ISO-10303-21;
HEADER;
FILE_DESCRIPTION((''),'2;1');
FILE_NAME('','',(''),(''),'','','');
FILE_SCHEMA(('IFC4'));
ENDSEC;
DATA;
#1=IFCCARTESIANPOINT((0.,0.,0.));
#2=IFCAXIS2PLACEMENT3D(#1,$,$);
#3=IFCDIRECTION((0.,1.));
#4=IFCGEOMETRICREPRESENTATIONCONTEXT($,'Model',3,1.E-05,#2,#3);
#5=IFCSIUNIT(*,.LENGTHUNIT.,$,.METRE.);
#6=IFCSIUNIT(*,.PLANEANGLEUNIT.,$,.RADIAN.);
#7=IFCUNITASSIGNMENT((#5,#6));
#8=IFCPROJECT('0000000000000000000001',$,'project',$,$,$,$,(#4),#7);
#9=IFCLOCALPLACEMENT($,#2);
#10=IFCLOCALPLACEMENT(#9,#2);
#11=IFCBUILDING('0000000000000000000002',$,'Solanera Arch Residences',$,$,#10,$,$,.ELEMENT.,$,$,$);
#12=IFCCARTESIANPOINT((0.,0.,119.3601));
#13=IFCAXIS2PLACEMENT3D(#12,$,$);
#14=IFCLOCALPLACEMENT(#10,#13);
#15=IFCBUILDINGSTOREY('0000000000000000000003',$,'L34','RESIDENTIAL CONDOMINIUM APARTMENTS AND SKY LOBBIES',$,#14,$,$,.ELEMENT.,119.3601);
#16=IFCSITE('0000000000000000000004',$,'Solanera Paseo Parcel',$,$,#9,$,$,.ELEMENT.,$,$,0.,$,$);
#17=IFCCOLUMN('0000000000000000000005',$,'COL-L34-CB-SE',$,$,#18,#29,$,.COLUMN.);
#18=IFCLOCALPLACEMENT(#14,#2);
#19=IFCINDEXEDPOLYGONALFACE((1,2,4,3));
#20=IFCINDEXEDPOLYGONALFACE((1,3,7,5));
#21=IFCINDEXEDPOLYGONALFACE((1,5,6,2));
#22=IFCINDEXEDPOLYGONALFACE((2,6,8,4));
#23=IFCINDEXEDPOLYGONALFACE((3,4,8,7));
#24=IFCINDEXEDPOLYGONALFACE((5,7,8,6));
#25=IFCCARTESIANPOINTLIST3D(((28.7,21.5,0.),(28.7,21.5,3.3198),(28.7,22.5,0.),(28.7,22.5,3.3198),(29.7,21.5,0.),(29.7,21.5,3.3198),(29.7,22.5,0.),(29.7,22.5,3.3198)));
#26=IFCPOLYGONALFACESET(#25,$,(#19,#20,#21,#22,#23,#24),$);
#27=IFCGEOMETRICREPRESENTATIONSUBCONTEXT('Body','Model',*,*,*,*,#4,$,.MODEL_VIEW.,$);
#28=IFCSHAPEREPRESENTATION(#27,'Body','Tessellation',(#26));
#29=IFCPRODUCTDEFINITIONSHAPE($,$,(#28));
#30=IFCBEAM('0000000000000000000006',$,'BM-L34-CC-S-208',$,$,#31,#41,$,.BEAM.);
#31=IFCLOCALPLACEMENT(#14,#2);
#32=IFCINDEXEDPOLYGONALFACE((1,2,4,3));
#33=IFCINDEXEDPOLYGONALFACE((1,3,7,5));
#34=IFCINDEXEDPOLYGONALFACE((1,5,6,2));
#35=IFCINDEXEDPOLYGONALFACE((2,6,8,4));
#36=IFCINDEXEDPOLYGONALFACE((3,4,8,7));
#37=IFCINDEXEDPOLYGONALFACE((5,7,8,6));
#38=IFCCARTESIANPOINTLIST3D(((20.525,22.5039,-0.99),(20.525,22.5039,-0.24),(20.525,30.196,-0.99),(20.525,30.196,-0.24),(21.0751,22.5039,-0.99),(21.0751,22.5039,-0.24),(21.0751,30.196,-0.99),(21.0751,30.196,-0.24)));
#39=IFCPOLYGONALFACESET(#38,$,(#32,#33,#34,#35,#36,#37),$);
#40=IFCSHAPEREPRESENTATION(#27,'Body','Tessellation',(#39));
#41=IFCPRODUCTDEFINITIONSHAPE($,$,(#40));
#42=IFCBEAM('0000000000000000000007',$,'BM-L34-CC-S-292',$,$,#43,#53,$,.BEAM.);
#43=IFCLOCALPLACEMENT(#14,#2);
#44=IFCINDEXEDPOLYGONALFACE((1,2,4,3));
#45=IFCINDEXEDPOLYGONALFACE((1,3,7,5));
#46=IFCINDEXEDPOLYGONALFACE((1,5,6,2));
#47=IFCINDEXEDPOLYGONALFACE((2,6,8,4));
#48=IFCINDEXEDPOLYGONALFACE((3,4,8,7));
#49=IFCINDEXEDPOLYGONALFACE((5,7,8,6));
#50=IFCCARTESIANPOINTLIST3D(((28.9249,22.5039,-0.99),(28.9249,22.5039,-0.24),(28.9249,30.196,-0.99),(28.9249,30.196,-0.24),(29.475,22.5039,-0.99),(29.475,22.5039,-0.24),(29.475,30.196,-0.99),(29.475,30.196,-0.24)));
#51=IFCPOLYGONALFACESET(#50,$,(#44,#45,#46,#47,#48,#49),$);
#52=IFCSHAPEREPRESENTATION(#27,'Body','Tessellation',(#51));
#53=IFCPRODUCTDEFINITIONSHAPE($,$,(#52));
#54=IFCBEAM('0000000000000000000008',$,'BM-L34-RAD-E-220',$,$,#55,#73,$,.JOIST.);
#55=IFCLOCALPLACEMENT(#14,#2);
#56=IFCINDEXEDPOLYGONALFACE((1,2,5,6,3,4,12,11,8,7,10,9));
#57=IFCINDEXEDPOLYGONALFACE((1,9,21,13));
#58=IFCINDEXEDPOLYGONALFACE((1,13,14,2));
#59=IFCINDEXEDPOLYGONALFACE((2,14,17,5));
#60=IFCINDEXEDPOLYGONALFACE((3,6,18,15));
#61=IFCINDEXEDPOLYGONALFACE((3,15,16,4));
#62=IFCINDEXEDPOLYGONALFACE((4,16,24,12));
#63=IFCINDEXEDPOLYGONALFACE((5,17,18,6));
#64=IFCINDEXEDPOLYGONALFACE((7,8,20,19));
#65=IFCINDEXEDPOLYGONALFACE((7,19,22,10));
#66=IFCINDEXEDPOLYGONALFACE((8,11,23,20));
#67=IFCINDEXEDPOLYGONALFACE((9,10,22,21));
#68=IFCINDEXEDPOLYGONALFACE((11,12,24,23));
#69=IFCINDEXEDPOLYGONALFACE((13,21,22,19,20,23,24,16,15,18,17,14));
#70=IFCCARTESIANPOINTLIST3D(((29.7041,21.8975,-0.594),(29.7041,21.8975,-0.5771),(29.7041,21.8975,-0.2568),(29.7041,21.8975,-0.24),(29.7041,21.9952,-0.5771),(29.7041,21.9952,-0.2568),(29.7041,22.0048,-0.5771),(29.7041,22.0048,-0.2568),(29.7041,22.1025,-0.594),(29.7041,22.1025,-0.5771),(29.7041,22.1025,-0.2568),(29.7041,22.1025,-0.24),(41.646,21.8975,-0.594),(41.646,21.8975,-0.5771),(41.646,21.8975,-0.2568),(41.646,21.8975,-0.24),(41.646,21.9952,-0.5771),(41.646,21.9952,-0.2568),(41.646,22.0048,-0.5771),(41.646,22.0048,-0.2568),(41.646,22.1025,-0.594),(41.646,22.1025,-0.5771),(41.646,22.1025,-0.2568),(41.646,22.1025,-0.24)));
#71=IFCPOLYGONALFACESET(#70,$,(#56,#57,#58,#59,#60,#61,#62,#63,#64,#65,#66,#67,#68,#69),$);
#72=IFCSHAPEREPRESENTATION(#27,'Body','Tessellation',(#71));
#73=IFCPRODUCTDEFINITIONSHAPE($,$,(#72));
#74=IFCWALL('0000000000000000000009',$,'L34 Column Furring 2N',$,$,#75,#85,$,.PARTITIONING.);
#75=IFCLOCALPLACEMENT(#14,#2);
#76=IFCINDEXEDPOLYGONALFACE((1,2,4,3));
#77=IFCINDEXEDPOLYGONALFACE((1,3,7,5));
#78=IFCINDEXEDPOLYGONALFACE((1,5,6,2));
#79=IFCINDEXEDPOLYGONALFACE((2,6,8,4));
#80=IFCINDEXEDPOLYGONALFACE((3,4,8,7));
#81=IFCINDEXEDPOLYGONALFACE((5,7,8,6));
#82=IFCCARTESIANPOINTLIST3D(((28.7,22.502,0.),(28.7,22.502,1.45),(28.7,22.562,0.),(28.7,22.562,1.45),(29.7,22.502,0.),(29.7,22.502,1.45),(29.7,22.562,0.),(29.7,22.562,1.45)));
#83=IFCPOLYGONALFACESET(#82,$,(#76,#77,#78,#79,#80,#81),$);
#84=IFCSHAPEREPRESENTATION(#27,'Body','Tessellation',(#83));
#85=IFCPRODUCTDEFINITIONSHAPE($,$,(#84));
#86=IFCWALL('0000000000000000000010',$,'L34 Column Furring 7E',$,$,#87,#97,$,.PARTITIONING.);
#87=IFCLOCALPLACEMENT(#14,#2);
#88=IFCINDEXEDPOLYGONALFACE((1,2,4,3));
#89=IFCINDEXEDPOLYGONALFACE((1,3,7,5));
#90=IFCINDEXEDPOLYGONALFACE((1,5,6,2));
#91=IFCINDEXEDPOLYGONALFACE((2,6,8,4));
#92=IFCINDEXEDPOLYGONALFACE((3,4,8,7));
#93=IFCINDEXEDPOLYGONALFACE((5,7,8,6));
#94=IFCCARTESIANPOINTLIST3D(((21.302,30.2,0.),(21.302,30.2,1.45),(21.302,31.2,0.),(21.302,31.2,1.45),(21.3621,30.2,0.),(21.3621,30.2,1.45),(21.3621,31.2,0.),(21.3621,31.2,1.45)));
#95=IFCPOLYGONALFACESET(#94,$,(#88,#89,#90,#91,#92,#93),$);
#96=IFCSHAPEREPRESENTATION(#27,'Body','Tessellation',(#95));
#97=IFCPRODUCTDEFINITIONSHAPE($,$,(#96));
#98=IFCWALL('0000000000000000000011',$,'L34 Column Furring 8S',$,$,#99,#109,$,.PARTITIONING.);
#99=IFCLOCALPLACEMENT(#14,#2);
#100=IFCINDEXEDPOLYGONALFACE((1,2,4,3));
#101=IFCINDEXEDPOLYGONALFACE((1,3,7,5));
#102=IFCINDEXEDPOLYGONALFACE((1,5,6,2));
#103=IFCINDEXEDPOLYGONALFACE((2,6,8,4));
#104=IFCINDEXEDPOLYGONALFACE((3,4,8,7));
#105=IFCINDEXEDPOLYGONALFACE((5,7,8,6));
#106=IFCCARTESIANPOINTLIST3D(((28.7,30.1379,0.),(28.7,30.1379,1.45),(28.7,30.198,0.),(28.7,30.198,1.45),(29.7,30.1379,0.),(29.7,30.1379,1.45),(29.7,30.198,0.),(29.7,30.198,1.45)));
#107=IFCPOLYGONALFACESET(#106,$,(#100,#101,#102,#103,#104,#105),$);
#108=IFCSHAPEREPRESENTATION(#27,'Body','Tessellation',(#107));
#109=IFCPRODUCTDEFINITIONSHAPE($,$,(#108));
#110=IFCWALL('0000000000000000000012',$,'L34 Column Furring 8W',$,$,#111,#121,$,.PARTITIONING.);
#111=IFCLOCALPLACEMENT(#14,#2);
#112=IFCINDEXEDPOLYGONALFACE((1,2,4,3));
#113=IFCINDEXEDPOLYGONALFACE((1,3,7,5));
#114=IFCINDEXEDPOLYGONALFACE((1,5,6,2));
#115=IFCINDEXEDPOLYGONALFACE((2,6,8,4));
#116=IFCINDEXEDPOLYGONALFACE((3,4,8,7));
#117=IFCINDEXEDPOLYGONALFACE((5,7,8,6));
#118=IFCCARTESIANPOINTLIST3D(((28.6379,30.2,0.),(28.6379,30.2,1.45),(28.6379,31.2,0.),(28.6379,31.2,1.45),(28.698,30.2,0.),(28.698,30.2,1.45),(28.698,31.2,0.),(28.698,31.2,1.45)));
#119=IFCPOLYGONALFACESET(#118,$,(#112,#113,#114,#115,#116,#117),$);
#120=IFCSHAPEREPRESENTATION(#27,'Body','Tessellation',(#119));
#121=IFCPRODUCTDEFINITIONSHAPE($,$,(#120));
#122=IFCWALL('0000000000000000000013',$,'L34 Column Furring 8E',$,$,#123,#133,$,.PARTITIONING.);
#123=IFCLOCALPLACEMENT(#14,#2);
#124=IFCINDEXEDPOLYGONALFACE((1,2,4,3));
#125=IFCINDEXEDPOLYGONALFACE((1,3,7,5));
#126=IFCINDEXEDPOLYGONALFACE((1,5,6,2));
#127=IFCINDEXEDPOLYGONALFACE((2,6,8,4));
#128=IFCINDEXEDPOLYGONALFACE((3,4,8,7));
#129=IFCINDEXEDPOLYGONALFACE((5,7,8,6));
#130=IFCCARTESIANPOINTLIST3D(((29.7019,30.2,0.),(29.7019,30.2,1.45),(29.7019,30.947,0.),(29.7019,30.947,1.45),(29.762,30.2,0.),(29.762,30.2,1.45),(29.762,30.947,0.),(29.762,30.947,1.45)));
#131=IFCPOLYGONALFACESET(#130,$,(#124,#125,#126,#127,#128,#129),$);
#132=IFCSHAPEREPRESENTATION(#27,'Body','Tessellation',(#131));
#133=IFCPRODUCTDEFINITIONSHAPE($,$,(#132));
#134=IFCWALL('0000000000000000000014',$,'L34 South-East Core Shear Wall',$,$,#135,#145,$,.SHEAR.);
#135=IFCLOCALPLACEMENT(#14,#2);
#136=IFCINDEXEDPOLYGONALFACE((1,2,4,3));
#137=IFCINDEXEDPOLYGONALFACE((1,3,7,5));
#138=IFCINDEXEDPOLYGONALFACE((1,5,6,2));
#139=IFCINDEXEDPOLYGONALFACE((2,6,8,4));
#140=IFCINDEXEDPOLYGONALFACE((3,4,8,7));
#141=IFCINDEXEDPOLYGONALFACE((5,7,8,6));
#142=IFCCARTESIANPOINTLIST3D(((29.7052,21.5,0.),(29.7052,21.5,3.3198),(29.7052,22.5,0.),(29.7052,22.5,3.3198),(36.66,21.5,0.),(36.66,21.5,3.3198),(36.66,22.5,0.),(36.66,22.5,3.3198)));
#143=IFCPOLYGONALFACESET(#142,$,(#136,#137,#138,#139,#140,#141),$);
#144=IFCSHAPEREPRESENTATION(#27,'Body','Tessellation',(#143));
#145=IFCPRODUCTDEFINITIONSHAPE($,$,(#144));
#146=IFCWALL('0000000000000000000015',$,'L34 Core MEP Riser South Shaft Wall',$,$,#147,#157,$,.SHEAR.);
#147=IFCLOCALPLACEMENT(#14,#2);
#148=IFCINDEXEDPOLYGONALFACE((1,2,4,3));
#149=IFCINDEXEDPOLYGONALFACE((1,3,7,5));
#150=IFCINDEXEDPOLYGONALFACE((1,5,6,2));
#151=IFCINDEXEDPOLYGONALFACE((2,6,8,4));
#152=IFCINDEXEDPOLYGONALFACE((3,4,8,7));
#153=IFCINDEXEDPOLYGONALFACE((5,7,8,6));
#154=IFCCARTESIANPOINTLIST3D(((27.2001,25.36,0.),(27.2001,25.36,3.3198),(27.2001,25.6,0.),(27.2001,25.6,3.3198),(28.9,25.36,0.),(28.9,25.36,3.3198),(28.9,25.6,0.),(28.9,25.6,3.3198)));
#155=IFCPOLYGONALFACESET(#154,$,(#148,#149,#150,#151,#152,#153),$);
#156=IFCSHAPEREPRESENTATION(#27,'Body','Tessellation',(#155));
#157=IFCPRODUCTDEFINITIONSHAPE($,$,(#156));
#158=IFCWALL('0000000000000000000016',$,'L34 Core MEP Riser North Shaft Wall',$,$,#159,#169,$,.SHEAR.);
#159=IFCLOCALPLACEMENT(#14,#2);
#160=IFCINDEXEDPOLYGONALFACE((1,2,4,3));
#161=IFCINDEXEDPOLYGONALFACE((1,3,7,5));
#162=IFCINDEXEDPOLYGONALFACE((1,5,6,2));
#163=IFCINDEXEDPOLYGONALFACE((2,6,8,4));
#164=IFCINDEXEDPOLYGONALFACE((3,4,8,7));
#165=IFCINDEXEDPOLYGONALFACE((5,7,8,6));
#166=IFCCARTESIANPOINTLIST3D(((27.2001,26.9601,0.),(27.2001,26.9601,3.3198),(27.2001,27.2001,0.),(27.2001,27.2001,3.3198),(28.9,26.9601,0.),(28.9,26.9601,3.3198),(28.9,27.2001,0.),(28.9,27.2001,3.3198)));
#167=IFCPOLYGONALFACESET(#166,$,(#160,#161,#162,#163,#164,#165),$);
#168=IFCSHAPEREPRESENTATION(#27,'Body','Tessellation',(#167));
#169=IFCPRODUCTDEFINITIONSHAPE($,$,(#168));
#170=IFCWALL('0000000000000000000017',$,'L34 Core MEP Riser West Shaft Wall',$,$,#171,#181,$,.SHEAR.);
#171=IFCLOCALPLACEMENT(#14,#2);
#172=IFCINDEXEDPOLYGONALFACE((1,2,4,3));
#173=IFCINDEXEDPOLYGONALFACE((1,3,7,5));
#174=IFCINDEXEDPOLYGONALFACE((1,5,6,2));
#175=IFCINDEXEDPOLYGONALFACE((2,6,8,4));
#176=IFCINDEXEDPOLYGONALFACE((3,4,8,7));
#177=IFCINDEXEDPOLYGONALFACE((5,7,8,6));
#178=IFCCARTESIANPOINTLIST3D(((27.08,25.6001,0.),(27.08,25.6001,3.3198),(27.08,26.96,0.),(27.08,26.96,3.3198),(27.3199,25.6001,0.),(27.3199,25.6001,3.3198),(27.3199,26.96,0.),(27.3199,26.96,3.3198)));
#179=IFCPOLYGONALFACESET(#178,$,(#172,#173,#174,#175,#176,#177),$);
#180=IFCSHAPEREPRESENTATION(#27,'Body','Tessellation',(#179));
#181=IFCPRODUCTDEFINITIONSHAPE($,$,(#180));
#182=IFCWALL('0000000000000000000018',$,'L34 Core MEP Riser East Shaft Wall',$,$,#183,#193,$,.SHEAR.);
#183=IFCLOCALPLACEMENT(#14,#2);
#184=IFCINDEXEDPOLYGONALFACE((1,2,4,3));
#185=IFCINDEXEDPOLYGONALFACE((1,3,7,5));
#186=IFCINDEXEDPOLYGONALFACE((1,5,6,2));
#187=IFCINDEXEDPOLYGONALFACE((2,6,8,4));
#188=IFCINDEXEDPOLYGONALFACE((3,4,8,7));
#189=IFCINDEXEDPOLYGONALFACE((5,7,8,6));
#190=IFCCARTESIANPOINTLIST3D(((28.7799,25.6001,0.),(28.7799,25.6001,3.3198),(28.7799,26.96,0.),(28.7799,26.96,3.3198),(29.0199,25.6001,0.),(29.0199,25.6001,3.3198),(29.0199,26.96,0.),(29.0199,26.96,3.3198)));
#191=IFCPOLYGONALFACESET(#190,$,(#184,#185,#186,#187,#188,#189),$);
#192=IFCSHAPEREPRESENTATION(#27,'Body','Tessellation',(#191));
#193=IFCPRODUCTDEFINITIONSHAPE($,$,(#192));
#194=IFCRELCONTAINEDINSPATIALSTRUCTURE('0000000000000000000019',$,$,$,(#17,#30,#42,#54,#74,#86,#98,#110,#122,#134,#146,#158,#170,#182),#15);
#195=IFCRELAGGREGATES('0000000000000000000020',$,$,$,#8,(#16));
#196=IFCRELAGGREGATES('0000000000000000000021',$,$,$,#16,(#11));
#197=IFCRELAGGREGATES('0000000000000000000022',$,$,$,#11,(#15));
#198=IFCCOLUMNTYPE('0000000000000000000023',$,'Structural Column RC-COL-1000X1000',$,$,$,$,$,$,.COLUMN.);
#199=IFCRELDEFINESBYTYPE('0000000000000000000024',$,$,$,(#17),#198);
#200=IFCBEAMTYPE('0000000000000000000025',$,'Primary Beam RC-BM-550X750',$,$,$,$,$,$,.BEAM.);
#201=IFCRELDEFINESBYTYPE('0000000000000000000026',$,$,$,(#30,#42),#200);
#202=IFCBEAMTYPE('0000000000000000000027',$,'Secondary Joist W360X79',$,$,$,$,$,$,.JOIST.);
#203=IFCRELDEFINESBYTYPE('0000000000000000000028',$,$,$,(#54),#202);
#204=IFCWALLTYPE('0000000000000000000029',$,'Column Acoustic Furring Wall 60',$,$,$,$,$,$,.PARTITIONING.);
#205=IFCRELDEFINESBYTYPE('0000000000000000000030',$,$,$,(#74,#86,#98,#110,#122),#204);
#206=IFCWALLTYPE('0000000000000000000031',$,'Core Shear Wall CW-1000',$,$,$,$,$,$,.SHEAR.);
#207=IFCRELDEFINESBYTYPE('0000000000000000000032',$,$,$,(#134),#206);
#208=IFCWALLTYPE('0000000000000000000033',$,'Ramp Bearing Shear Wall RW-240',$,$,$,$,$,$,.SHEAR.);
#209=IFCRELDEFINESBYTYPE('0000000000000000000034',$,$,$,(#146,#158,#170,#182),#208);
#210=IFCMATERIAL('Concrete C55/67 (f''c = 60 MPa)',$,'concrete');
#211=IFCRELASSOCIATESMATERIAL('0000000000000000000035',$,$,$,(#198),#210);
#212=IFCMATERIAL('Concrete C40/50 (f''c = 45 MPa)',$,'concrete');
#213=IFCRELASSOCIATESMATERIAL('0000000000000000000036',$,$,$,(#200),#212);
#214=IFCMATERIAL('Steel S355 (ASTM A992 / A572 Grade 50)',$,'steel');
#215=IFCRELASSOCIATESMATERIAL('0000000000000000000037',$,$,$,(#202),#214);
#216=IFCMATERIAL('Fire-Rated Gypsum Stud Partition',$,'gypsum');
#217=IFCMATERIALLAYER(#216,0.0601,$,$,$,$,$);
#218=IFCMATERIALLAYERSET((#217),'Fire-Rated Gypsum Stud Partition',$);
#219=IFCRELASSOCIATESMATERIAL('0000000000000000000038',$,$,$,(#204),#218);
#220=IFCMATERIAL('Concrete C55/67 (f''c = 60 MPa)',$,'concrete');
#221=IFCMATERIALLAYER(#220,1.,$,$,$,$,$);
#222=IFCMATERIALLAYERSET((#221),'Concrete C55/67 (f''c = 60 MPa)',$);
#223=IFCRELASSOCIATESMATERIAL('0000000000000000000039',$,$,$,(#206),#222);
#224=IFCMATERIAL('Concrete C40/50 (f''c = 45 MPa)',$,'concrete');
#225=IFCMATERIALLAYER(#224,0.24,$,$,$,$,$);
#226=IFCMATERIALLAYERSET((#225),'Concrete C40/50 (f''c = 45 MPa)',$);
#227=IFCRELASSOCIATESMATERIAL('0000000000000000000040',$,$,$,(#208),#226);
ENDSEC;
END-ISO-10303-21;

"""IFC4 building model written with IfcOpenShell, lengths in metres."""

from ifc_helpers import new_model, si_unit, direction, frame, frame_2d, origin, origin_2d, place, context, subcontext, project, spatial, rectangle, i_section, extrude, material, layer, layer_set, material_profile, profile_set, type_object, element, save


model = new_model("IFC4")

# Units and contexts
model_context = context("Model", 3, precision=1e-05, world=origin(), true_north=direction((0.0, 1.0)))
body_context = subcontext(model_context, "Body", "Model", "MODEL_VIEW")
ifc_project = project(units=[si_unit("LENGTHUNIT", "METRE"), si_unit("PLANEANGLEUNIT", "RADIAN")], contexts=[model_context])

# Site, building, storey
site_placement = place(None, origin())
site = spatial("IfcSite", under=ifc_project, at=site_placement, Name="Solanera Paseo Parcel", CompositionType="ELEMENT", RefElevation=0.0)
building_placement = place(site_placement, origin())
building = spatial("IfcBuilding", under=site, at=building_placement, Name="Solanera Arch Residences", CompositionType="ELEMENT")
storey_placement = place(building_placement, frame((0.0, 0.0, 119.3601)))
storey = spatial("IfcBuildingStorey", under=building, at=storey_placement, Name="L34", Description="RESIDENTIAL CONDOMINIUM APARTMENTS AND SKY LOBBIES", CompositionType="ELEMENT", Elevation=119.3601)

# Column
ifc_material_1 = material(Name="Concrete C55/67 (f'c = 60 MPa)", Category="concrete")
ifc_material_profile_1 = material_profile(ifc_material_1, rectangle(XDim=1.0, YDim=1.0, at=origin_2d()))
ifc_profile_set_1 = profile_set([ifc_material_profile_1], Name="Concrete C55/67 (f'c = 60 MPa)")
column_type = type_object("IfcColumnType", Name="Structural Column RC-COL-1000X1000", PredefinedType="COLUMN", material=ifc_profile_set_1)
column_placement = place(storey_placement, frame((29.2, 22.0, 0.0), z_axis=(0.0, 0.0, 1.0), x_axis=(1.0, 0.0, 0.0)))
element("IfcColumn", 1, at=column_placement, inside=storey, type_object=column_type, Name="COL-L34-CB-SE", PredefinedType="COLUMN", context=body_context, shape_type="SweptSolid", body=[
    extrude(rectangle(XDim=1.0, YDim=1.0, at=origin_2d()), origin(), (0.0, 0.0, 1.0), 3.3198),
])

# Beams
ifc_material_2 = material(Name="Concrete C40/50 (f'c = 45 MPa)", Category="concrete")
ifc_material_profile_2 = material_profile(ifc_material_2, rectangle(XDim=0.55, YDim=0.75, at=origin_2d()))
ifc_profile_set_2 = profile_set([ifc_material_profile_2], Name="Concrete C40/50 (f'c = 45 MPa)")
beam_type_1 = type_object("IfcBeamType", Name="Primary Beam RC-BM-550X750", PredefinedType="BEAM", material=ifc_profile_set_2)
for number, where, z_axis, x_axis, name in (
    (2, (20.8, 22.5039, -0.615), (0.0, 1.0, 0.0), (-1.0, 0.0, 0.0), "BM-L34-CC-S-208"),
    (3, (29.2, 22.5039, -0.615), (0.0, 1.0, 0.0), (-1.0, 0.0, 0.0), "BM-L34-CC-S-292"),
):
    element("IfcBeam", number, at=place(storey_placement, frame(where, z_axis=z_axis, x_axis=x_axis)), inside=storey, type_object=beam_type_1, Name=name, PredefinedType="BEAM", context=body_context, shape_type="SweptSolid", body=[
        extrude(rectangle(XDim=0.55, YDim=0.75, at=origin_2d()), origin(), (0.0, 0.0, 1.0), 7.6921),
    ])
ifc_material_3 = material(Name="Steel S355 (ASTM A992 / A572 Grade 50)", Category="steel")
ifc_material_profile_3 = material_profile(ifc_material_3, i_section(OverallWidth=0.2051, OverallDepth=0.354, WebThickness=0.0095, FlangeThickness=0.0168, at=origin_2d()))
ifc_profile_set_3 = profile_set([ifc_material_profile_3], Name="Steel S355 (ASTM A992 / A572 Grade 50)")
beam_type_2 = type_object("IfcBeamType", Name="Secondary Joist W360X79", PredefinedType="JOIST", material=ifc_profile_set_3)
beam_placement = place(storey_placement, frame((29.7041, 22.0, -0.417), z_axis=(1.0, 0.0, 0.0), x_axis=(0.0, 1.0, 0.0)))
element("IfcBeam", 4, at=beam_placement, inside=storey, type_object=beam_type_2, Name="BM-L34-RAD-E-220", PredefinedType="JOIST", context=body_context, shape_type="SweptSolid", body=[
    extrude(i_section(OverallWidth=0.2051, OverallDepth=0.354, WebThickness=0.0095, FlangeThickness=0.0168, at=origin_2d()), origin(), (0.0, 0.0, 1.0), 11.9419),
])

# Walls
ifc_material_4 = material(Name="Fire-Rated Gypsum Stud Partition", Category="gypsum")
ifc_layer_1 = layer(ifc_material_4, 0.0601)
ifc_layer_set_1 = layer_set([ifc_layer_1], Name="Fire-Rated Gypsum Stud Partition")
wall_type_1 = type_object("IfcWallType", Name="Column Acoustic Furring Wall 60", PredefinedType="PARTITIONING", material=ifc_layer_set_1)
for number, where, z_axis, x_axis, name in (
    (5, (28.7, 22.532, 0.0), (0.0, 0.0, 1.0), (1.0, 0.0, 0.0), "L34 Column Furring 2N"),
    (6, (21.332, 30.2, 0.0), (0.0, 0.0, 1.0), (0.0, 1.0, 0.0), "L34 Column Furring 7E"),
    (7, (28.7, 30.168, 0.0), (0.0, 0.0, 1.0), (1.0, 0.0, 0.0), "L34 Column Furring 8S"),
    (8, (28.668, 30.2, 0.0), (0.0, 0.0, 1.0), (0.0, 1.0, 0.0), "L34 Column Furring 8W"),
):
    element("IfcWall", number, at=place(storey_placement, frame(where, z_axis=z_axis, x_axis=x_axis)), inside=storey, type_object=wall_type_1, Name=name, PredefinedType="PARTITIONING", context=body_context, shape_type="SweptSolid", body=[
        extrude(rectangle(XDim=1.0, YDim=0.0601, at=frame_2d((0.5, 0.0))), origin(), (0.0, 0.0, 1.0), 1.45),
    ])
wall_1_placement = place(storey_placement, frame((29.7319, 30.2, 0.0), z_axis=(0.0, 0.0, 1.0), x_axis=(0.0, 1.0, 0.0)))
element("IfcWall", 9, at=wall_1_placement, inside=storey, type_object=wall_type_1, Name="L34 Column Furring 8E", PredefinedType="PARTITIONING", context=body_context, shape_type="SweptSolid", body=[
    extrude(rectangle(XDim=0.7471, YDim=0.0601, at=frame_2d((0.3735, 0.0))), origin(), (0.0, 0.0, 1.0), 1.45),
])
ifc_material_5 = material(Name="Concrete C55/67 (f'c = 60 MPa)", Category="concrete")
ifc_layer_2 = layer(ifc_material_5, 1.0)
ifc_layer_set_2 = layer_set([ifc_layer_2], Name="Concrete C55/67 (f'c = 60 MPa)")
wall_type_2 = type_object("IfcWallType", Name="Core Shear Wall CW-1000", PredefinedType="SHEAR", material=ifc_layer_set_2)
wall_2_placement = place(storey_placement, frame((29.7051, 22.0, 0.0), z_axis=(0.0, 0.0, 1.0), x_axis=(1.0, 0.0, 0.0)))
element("IfcWall", 10, at=wall_2_placement, inside=storey, type_object=wall_type_2, Name="L34 South-East Core Shear Wall", PredefinedType="SHEAR", context=body_context, shape_type="SweptSolid", body=[
    extrude(rectangle(XDim=6.9548, YDim=1.0, at=frame_2d((3.4775, 0.0))), origin(), (0.0, 0.0, 1.0), 3.3198),
])
ifc_material_6 = material(Name="Concrete C40/50 (f'c = 45 MPa)", Category="concrete")
ifc_layer_3 = layer(ifc_material_6, 0.24)
ifc_layer_set_3 = layer_set([ifc_layer_3], Name="Concrete C40/50 (f'c = 45 MPa)")
wall_type_3 = type_object("IfcWallType", Name="Ramp Bearing Shear Wall RW-240", PredefinedType="SHEAR", material=ifc_layer_set_3)
for number, where, z_axis, x_axis, name in (
    (11, (27.2, 25.48, 0.0), (0.0, 0.0, 1.0), (1.0, 0.0, 0.0), "L34 Core MEP Riser South Shaft Wall"),
    (12, (27.2, 27.0801, 0.0), (0.0, 0.0, 1.0), (1.0, 0.0, 0.0), "L34 Core MEP Riser North Shaft Wall"),
):
    element("IfcWall", number, at=place(storey_placement, frame(where, z_axis=z_axis, x_axis=x_axis)), inside=storey, type_object=wall_type_3, Name=name, PredefinedType="SHEAR", context=body_context, shape_type="SweptSolid", body=[
        extrude(rectangle(XDim=1.7, YDim=0.24, at=frame_2d((0.8501, 0.0))), origin(), (0.0, 0.0, 1.0), 3.3198),
    ])
for number, where, z_axis, x_axis, name in (
    (13, (27.2, 25.6001, 0.0), (0.0, 0.0, 1.0), (0.0, 1.0, 0.0), "L34 Core MEP Riser West Shaft Wall"),
    (14, (28.8999, 25.6001, 0.0), (0.0, 0.0, 1.0), (0.0, 1.0, 0.0), "L34 Core MEP Riser East Shaft Wall"),
):
    element("IfcWall", number, at=place(storey_placement, frame(where, z_axis=z_axis, x_axis=x_axis)), inside=storey, type_object=wall_type_3, Name=name, PredefinedType="SHEAR", context=body_context, shape_type="SweptSolid", body=[
        extrude(rectangle(XDim=1.3599, YDim=0.24, at=frame_2d((0.6799, 0.0))), origin(), (0.0, 0.0, 1.0), 3.3198),
    ])

save(model, "model.ifc")
